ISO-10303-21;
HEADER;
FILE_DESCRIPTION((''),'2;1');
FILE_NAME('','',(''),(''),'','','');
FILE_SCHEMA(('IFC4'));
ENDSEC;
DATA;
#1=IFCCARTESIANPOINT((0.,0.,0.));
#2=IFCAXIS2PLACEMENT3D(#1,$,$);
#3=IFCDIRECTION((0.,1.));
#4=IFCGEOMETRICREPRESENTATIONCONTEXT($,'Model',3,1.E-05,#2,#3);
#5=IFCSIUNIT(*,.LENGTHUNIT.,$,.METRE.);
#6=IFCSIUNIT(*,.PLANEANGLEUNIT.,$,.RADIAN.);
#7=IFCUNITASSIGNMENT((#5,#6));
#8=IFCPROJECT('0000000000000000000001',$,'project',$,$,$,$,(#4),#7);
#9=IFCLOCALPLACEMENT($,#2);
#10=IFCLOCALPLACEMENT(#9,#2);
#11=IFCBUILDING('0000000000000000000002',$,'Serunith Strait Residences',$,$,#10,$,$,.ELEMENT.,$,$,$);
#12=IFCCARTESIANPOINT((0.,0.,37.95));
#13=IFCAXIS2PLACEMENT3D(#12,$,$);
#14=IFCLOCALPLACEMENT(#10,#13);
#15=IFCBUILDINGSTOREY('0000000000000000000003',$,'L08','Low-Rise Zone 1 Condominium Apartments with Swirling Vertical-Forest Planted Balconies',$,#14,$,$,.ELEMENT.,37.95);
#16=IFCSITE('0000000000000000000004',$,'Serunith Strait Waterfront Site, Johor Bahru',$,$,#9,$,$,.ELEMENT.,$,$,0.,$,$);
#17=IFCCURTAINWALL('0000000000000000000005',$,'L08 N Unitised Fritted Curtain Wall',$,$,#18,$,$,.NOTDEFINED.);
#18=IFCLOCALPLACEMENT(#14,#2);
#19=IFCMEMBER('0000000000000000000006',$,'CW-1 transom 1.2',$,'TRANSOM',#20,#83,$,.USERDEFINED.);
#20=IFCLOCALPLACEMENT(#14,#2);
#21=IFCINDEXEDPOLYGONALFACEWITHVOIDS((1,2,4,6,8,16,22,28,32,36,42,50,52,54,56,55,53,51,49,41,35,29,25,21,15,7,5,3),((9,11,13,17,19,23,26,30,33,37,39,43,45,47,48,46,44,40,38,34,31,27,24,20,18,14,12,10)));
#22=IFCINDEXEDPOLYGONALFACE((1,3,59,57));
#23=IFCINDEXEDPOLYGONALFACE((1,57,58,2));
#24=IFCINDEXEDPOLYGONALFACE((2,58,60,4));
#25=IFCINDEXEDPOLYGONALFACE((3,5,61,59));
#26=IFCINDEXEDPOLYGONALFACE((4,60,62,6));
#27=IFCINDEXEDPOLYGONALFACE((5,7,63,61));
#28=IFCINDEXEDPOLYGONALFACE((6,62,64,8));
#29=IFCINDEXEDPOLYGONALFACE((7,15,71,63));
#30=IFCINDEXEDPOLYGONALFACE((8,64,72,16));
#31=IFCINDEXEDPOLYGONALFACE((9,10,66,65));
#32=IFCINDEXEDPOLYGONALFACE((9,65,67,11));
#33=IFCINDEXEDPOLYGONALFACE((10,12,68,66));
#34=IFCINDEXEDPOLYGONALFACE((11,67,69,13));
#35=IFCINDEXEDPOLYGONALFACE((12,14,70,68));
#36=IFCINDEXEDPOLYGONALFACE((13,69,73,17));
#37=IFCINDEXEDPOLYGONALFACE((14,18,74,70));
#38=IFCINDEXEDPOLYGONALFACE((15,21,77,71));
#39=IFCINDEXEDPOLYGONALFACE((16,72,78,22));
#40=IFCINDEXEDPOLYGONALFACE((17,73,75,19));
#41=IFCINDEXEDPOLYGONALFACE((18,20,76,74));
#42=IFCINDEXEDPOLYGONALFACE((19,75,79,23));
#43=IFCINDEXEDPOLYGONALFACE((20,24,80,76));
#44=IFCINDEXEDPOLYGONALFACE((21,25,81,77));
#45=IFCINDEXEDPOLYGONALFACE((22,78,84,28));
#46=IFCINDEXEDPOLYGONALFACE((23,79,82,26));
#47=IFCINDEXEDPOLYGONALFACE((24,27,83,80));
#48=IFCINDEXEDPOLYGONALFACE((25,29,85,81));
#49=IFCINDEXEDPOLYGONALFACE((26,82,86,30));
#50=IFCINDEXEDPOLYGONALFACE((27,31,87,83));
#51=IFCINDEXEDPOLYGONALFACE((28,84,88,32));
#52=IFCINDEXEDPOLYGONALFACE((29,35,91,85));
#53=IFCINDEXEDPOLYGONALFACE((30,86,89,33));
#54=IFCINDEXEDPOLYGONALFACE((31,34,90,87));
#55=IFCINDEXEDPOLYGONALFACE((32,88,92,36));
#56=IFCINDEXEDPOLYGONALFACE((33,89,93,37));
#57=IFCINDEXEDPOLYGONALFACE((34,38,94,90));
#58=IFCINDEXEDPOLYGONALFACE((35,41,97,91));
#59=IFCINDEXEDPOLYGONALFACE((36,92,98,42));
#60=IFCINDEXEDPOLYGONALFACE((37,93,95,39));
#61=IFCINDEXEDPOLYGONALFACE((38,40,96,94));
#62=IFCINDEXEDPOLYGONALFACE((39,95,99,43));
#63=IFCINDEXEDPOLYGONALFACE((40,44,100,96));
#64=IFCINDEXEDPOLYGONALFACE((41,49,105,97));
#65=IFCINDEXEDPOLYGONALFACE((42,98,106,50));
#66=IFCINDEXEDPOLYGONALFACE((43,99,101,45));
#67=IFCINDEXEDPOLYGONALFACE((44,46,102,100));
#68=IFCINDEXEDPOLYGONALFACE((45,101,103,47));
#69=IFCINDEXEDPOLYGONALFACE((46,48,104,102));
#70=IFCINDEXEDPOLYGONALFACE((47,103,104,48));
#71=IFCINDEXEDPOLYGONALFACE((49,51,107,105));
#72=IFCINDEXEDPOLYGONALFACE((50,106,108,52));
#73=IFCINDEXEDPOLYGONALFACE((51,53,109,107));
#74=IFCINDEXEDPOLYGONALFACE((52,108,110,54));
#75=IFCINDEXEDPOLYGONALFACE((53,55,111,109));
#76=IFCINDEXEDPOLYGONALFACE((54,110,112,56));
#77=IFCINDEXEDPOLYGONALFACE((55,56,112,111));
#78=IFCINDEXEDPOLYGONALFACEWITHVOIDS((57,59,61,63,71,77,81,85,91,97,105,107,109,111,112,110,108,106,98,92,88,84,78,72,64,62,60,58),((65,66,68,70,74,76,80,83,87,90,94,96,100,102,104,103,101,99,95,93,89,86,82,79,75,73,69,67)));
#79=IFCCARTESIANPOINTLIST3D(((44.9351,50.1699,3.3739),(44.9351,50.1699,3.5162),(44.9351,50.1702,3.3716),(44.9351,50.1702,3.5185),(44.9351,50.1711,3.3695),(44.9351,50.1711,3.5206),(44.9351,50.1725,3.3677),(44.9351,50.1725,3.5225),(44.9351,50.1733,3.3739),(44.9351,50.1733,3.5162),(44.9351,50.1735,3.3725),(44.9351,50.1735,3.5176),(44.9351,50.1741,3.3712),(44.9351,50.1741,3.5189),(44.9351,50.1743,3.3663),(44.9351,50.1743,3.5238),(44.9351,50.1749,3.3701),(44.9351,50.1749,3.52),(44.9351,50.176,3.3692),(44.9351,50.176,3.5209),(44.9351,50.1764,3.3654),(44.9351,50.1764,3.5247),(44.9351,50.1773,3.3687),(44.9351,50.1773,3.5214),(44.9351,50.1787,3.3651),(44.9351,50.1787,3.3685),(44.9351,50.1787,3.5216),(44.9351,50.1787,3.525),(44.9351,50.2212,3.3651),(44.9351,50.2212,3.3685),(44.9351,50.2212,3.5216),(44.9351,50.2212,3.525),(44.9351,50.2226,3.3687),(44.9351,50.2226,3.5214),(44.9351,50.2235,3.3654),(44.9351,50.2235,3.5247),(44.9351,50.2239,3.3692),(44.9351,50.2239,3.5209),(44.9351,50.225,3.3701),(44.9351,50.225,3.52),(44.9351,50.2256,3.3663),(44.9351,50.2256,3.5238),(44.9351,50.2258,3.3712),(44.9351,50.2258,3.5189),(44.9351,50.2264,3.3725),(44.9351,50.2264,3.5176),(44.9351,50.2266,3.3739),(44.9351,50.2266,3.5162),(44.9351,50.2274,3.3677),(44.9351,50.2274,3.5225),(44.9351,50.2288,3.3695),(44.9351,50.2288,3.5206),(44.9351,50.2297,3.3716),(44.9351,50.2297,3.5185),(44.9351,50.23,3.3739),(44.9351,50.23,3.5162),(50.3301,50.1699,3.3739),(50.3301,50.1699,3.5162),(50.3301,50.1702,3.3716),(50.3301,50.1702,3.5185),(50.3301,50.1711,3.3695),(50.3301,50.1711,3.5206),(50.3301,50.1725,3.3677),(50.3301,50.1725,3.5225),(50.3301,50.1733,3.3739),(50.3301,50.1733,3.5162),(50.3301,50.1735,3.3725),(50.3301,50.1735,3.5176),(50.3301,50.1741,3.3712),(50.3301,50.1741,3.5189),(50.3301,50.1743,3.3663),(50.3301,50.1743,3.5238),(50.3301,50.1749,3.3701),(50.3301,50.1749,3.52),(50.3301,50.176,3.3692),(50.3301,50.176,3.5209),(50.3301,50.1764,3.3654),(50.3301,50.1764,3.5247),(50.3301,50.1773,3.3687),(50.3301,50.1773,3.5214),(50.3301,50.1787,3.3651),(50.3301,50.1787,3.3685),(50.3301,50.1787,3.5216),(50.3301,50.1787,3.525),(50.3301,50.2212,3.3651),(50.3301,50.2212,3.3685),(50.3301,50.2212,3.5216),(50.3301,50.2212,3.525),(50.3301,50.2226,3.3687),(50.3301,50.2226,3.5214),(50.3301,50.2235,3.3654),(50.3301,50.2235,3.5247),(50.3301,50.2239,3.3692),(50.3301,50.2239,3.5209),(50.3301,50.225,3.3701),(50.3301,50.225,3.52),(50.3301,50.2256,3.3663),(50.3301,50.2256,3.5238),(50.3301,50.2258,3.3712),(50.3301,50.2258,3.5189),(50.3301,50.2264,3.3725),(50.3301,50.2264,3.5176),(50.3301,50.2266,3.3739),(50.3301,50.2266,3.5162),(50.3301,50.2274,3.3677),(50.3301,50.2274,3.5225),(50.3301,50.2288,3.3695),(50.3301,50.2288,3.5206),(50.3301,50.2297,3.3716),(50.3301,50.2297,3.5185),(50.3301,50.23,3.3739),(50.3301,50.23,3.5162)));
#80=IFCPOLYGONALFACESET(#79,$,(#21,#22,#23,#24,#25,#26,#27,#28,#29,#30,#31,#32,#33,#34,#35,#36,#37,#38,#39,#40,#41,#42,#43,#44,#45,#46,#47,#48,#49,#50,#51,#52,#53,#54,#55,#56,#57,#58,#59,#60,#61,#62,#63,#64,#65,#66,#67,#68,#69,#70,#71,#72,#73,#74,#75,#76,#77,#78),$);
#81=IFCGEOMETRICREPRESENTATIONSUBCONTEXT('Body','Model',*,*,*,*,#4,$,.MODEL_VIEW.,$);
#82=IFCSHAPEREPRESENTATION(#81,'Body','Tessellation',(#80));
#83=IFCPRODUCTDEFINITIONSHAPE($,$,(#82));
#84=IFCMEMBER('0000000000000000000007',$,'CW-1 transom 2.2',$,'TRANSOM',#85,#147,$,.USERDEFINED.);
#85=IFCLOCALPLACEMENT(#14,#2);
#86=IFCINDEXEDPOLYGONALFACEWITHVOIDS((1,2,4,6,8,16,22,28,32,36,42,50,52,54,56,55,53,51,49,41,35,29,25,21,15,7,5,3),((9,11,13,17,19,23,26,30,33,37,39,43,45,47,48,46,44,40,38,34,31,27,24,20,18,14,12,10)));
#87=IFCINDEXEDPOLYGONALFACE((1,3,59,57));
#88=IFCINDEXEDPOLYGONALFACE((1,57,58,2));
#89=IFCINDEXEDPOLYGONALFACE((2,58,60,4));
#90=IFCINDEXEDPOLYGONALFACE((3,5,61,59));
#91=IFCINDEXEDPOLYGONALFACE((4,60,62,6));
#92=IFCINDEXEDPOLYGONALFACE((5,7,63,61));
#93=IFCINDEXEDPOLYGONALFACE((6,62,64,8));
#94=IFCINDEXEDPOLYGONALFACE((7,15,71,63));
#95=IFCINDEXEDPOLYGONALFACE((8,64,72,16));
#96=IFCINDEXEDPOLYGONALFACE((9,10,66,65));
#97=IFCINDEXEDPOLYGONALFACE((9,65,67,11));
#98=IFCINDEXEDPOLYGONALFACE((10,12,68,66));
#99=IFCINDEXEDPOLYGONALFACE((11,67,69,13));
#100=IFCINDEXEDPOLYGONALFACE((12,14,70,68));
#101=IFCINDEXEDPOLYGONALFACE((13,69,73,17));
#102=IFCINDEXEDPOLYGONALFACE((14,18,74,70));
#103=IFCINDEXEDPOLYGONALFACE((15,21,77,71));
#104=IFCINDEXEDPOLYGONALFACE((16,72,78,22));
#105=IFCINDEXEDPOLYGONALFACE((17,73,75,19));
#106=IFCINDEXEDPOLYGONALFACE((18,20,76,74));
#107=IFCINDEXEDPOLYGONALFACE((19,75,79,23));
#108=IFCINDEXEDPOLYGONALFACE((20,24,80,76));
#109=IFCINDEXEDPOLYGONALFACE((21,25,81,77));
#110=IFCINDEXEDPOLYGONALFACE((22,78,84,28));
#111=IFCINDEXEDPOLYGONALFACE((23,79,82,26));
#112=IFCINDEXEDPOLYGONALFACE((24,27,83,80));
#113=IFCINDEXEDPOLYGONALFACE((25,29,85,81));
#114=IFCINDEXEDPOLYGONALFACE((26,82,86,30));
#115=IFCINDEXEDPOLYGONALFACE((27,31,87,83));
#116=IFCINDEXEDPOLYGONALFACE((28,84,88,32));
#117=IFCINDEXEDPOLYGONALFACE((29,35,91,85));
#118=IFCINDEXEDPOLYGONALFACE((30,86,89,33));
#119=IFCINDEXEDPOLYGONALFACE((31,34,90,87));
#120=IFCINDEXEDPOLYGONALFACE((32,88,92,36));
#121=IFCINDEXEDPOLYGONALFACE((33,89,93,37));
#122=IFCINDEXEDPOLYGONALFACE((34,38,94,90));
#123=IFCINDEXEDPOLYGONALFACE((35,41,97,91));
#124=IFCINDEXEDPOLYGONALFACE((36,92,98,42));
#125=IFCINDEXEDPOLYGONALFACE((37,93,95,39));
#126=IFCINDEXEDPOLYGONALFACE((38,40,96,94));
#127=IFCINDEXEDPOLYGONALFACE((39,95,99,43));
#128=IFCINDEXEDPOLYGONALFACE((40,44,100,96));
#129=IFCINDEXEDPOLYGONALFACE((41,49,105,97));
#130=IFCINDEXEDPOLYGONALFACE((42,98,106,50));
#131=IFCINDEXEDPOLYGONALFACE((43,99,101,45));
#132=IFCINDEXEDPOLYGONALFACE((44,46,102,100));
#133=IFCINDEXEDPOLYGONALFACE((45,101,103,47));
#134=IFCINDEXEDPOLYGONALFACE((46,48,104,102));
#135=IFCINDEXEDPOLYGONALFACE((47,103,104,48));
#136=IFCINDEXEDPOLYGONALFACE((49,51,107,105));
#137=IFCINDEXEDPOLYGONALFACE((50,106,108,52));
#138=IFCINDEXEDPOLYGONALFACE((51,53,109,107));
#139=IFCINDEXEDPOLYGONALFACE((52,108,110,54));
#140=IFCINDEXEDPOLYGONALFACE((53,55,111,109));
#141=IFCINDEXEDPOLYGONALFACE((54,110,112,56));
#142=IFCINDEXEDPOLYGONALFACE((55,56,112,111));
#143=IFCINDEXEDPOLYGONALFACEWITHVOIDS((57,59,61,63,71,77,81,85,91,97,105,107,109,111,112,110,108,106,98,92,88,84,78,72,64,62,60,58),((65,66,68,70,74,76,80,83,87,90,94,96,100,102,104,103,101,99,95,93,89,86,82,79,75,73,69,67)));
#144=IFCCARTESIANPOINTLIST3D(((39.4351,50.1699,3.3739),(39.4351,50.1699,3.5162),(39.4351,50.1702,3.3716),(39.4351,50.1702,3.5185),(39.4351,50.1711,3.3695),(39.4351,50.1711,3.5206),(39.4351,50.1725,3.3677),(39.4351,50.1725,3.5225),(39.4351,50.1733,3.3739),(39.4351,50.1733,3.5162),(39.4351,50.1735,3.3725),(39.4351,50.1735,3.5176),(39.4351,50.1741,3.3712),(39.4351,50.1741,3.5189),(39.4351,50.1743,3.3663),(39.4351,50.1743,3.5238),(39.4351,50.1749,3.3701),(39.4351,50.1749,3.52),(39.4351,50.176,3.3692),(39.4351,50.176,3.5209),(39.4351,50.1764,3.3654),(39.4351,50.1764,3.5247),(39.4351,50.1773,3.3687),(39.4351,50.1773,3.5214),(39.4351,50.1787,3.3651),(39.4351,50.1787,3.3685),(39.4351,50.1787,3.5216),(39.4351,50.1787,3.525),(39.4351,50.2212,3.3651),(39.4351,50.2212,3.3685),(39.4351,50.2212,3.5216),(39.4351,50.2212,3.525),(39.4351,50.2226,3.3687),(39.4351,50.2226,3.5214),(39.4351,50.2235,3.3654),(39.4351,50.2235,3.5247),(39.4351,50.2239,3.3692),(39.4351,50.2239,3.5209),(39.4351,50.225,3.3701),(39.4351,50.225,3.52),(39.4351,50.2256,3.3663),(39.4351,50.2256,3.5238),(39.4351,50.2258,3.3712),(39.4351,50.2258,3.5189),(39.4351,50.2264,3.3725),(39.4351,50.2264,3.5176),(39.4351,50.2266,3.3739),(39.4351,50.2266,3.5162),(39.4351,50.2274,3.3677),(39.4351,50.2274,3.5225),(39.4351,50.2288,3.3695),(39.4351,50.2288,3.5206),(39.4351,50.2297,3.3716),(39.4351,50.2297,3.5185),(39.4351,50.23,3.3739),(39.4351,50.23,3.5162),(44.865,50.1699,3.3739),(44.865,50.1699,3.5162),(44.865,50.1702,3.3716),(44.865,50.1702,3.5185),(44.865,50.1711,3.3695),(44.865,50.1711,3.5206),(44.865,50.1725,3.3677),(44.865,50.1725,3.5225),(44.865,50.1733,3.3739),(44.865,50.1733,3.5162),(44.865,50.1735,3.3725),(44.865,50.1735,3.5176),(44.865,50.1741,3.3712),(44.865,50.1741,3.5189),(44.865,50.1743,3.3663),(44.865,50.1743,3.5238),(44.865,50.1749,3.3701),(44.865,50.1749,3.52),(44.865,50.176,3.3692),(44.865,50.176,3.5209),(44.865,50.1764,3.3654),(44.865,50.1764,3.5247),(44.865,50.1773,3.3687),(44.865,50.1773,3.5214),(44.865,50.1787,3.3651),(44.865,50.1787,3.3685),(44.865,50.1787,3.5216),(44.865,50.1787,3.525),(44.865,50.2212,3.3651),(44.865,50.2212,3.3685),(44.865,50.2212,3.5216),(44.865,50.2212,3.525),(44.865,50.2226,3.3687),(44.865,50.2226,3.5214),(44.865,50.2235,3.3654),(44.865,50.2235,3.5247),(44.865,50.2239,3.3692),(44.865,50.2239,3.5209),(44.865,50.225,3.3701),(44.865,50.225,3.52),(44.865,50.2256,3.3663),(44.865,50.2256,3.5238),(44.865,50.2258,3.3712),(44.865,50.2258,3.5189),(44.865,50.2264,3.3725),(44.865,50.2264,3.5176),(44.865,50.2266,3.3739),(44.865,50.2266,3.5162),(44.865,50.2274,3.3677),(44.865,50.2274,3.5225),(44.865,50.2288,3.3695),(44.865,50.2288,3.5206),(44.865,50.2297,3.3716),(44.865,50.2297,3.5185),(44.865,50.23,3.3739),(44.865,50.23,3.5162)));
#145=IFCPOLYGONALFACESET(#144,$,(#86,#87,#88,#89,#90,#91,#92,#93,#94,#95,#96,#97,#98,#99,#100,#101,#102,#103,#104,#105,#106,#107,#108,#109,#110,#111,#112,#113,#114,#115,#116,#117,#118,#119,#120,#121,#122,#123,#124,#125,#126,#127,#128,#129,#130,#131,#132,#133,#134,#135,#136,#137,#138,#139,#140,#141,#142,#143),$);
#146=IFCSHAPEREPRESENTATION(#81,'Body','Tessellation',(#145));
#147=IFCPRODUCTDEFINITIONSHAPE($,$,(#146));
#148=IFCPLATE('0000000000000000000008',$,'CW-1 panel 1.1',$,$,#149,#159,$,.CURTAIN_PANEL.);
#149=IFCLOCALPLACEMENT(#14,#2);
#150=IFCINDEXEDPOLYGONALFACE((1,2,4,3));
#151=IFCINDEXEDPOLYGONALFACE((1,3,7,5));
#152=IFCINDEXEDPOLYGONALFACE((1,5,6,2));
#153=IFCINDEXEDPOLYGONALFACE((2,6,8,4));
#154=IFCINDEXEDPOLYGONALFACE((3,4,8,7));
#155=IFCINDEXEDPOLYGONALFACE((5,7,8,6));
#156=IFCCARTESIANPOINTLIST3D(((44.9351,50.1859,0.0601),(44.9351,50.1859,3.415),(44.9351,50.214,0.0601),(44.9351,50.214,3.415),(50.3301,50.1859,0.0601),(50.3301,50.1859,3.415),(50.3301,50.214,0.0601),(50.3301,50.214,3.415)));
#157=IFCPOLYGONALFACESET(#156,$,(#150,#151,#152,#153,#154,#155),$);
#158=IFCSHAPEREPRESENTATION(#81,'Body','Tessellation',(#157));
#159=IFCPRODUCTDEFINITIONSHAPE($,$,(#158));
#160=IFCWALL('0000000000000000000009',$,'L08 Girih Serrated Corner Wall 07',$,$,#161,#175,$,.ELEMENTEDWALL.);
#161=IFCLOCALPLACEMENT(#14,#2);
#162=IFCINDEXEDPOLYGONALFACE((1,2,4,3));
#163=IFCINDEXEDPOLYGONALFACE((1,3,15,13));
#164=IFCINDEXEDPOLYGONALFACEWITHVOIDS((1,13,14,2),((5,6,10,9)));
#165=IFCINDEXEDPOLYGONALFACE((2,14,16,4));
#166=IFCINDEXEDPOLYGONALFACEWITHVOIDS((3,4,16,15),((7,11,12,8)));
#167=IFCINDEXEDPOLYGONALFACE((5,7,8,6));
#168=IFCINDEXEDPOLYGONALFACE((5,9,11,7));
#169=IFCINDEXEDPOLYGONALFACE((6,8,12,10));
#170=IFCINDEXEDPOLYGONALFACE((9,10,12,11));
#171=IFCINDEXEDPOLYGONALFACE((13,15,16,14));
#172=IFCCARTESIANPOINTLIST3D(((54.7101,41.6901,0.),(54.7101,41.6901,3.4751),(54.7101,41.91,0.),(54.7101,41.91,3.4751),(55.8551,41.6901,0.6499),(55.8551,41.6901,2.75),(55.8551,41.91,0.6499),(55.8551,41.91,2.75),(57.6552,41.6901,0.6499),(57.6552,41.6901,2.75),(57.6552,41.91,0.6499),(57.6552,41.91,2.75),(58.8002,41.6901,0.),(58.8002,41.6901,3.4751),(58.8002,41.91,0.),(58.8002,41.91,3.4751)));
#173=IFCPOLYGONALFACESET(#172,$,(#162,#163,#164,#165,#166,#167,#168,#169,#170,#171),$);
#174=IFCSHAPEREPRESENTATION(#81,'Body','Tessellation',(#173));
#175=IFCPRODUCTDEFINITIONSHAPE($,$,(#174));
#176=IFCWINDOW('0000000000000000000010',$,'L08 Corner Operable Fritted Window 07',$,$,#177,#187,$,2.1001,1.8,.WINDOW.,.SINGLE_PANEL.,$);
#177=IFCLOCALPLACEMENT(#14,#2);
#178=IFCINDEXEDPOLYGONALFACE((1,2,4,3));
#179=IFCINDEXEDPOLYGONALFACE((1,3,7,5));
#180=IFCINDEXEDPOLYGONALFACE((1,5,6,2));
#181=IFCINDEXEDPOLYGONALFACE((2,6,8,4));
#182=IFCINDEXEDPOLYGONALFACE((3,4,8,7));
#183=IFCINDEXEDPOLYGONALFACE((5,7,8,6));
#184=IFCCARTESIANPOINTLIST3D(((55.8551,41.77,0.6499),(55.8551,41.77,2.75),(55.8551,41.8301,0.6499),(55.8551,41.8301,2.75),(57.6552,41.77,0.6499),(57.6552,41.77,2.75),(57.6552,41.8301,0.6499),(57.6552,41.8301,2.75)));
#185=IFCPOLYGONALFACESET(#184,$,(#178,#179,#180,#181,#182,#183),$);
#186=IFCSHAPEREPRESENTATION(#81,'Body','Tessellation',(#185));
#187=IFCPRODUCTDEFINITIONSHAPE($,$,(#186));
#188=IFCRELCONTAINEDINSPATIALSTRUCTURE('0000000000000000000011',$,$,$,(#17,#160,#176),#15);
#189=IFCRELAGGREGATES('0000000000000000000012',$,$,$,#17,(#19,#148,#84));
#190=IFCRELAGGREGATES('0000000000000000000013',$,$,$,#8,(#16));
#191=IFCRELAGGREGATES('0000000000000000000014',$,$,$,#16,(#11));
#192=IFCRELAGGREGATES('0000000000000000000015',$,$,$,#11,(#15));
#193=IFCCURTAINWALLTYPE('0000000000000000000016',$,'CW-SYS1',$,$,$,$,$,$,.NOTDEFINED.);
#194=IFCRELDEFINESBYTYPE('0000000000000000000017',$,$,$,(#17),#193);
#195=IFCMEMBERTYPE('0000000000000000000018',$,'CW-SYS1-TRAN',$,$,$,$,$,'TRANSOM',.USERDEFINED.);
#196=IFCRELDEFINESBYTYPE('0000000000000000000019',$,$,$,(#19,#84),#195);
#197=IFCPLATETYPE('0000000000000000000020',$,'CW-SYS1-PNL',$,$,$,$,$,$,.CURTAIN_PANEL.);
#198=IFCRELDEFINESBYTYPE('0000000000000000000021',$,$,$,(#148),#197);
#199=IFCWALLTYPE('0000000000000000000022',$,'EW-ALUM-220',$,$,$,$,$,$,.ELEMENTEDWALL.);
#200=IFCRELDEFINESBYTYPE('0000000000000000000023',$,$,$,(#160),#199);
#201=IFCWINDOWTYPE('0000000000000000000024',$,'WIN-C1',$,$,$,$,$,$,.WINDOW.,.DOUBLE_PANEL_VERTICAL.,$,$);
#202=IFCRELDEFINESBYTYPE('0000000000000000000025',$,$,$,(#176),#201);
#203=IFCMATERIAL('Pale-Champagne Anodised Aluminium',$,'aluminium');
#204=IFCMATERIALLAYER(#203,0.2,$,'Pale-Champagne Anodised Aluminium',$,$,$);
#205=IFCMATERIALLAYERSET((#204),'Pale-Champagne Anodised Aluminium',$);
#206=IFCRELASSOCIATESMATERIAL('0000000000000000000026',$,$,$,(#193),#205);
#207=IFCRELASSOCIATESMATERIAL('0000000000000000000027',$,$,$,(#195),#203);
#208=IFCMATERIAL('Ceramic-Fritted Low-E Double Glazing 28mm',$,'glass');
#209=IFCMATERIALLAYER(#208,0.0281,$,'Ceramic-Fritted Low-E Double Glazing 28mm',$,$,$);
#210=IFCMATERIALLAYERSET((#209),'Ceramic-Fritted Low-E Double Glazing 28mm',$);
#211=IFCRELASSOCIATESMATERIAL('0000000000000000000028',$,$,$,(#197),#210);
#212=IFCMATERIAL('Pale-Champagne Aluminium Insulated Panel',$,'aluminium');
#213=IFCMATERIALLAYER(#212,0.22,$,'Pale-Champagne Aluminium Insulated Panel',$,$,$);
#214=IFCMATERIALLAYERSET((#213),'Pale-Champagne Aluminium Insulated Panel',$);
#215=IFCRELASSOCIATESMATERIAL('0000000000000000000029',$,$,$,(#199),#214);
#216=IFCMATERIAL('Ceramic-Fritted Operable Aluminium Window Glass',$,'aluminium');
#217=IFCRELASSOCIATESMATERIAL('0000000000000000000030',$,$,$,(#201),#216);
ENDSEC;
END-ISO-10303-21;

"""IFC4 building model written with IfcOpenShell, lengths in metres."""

from ifc_helpers import new_model, si_unit, direction, frame, frame_2d, origin, origin_2d, place, context, subcontext, project, spatial, rectangle, hollow_rectangle, extrude, source, transform, mapped, material, layer, layer_set, material_profile, profile_set, type_object, element, fill, aggregate, save


model = new_model("IFC4")

# Units and contexts
model_context = context("Model", 3, precision=1e-05, world=origin(), true_north=direction((0.0, 1.0)))
body_context = subcontext(model_context, "Body", "Model", "MODEL_VIEW")
ifc_project = project(units=[si_unit("LENGTHUNIT", "METRE"), si_unit("PLANEANGLEUNIT", "RADIAN")], contexts=[model_context])

# Site, building, storey
site_placement = place(None, origin())
site = spatial("IfcSite", under=ifc_project, at=site_placement, Name="Serunith Strait Waterfront Site, Johor Bahru", CompositionType="ELEMENT", RefElevation=0.0)
building_placement = place(site_placement, origin())
building = spatial("IfcBuilding", under=site, at=building_placement, Name="Serunith Strait Residences", CompositionType="ELEMENT")
storey_placement = place(building_placement, frame((0.0, 0.0, 37.95)))
storey = spatial("IfcBuildingStorey", under=building, at=storey_placement, Name="L08", Description="Low-Rise Zone 1 Condominium Apartments with Swirling Vertical-Forest Planted Balconies", CompositionType="ELEMENT", Elevation=37.95)

# Shared definitions
ifc_material_1 = material(Name="Pale-Champagne Anodised Aluminium", Category="aluminium")
ifc_layer_1 = layer(ifc_material_1, 0.2, Name="Pale-Champagne Anodised Aluminium")
ifc_layer_set_1 = layer_set([ifc_layer_1], Name="Pale-Champagne Anodised Aluminium")
curtain_wall_type = type_object("IfcCurtainWallType", Name="CW-SYS1", PredefinedType="NOTDEFINED", material=ifc_layer_set_1)

# Curtain wall, members, plate
curtain_wall_1_placement = place(storey_placement, origin())
curtain_wall_1 = element("IfcCurtainWall", 1, at=curtain_wall_1_placement, inside=storey, type_object=curtain_wall_type, Name="L08 N Unitised Fritted Curtain Wall", PredefinedType="NOTDEFINED")
ifc_material_profile_1 = material_profile(ifc_material_1, hollow_rectangle(XDim=0.0601, YDim=0.1599, WallThickness=0.0034, InnerFilletRadius=0.0054, OuterFilletRadius=0.0088, at=origin_2d()), Name="ALU 160x60x3.5")
ifc_profile_set_1 = profile_set([ifc_material_profile_1], Name="Pale-Champagne Anodised Aluminium")
member_type_1 = type_object("IfcMemberType", Name="CW-SYS1-TRAN", ElementType="TRANSOM", PredefinedType="USERDEFINED", material=ifc_profile_set_1)
shared_shape_1 = source(origin(), body_context, "Body", "SweptSolid", [
    extrude(hollow_rectangle(XDim=0.0601, YDim=0.1599, WallThickness=0.0034, InnerFilletRadius=0.0054, OuterFilletRadius=0.0088, at=origin_2d()), origin(), (0.0, 0.0, 1.0), 5.395),
])
member_1_placement = place(storey_placement, frame((50.3301, 50.2, 3.4451), z_axis=(-1.0, 0.0, 0.0), x_axis=(0.0, -1.0, 0.0)))
member_1 = element("IfcMember", 2, at=member_1_placement, type_object=member_type_1, Name="CW-1 transom 1.2", ObjectType="TRANSOM", PredefinedType="USERDEFINED", context=body_context, shape_type="MappedRepresentation", body=[
    mapped(shared_shape_1, transform((0.0, 0.0, 0.0), scale=1.0)),
])
shared_shape_2 = source(origin(), body_context, "Body", "SweptSolid", [
    extrude(hollow_rectangle(XDim=0.0601, YDim=0.1599, WallThickness=0.0034, InnerFilletRadius=0.0054, OuterFilletRadius=0.0088, at=origin_2d()), origin(), (0.0, 0.0, 1.0), 5.4299),
])
member_2_placement = place(storey_placement, frame((44.865, 50.2, 3.4451), z_axis=(-1.0, 0.0, 0.0), x_axis=(0.0, -1.0, 0.0)))
member_2 = element("IfcMember", 3, at=member_2_placement, type_object=member_type_1, Name="CW-1 transom 2.2", ObjectType="TRANSOM", PredefinedType="USERDEFINED", context=body_context, shape_type="MappedRepresentation", body=[
    mapped(shared_shape_2, transform((0.0, 0.0, 0.0), scale=1.0)),
])
ifc_material_2 = material(Name="Ceramic-Fritted Low-E Double Glazing 28mm", Category="glass")
ifc_layer_2 = layer(ifc_material_2, 0.0281, Name="Ceramic-Fritted Low-E Double Glazing 28mm")
ifc_layer_set_2 = layer_set([ifc_layer_2], Name="Ceramic-Fritted Low-E Double Glazing 28mm")
plate_type = type_object("IfcPlateType", Name="CW-SYS1-PNL", PredefinedType="CURTAIN_PANEL", material=ifc_layer_set_2)
shared_shape_3 = source(origin(), body_context, "Body", "SweptSolid", [
    extrude(rectangle(XDim=5.395, YDim=0.0281, at=origin_2d()), origin(), (0.0, 0.0, 1.0), 3.355),
])
plate_placement = place(storey_placement, frame((47.6326, 50.2, 0.0601), z_axis=(0.0, 0.0, 1.0), x_axis=(-1.0, 0.0, 0.0)))
plate = element("IfcPlate", 4, at=plate_placement, type_object=plate_type, Name="CW-1 panel 1.1", PredefinedType="CURTAIN_PANEL", context=body_context, shape_type="MappedRepresentation", body=[
    mapped(shared_shape_3, transform((0.0, 0.0, 0.0), scale=1.0)),
])
aggregate(curtain_wall_1, [member_1, plate, member_2])

# Wall, opening, window
ifc_material_3 = material(Name="Pale-Champagne Aluminium Insulated Panel", Category="aluminium")
ifc_layer_3 = layer(ifc_material_3, 0.22, Name="Pale-Champagne Aluminium Insulated Panel")
ifc_layer_set_3 = layer_set([ifc_layer_3], Name="Pale-Champagne Aluminium Insulated Panel")
wall_type_1 = type_object("IfcWallType", Name="EW-ALUM-220", PredefinedType="ELEMENTEDWALL", material=ifc_layer_set_3)
wall_1_placement = place(storey_placement, frame((58.8, 41.8, 0.0), z_axis=(0.0, 0.0, 1.0), x_axis=(-1.0, 0.0, 0.0)))
wall_1 = element("IfcWall", 5, at=wall_1_placement, inside=storey, type_object=wall_type_1, Name="L08 Girih Serrated Corner Wall 07", PredefinedType="ELEMENTEDWALL", context=body_context, shape_type="SweptSolid", body=[
    extrude(rectangle(XDim=4.0901, YDim=0.22, at=frame_2d((2.0449, 0.0))), origin(), (0.0, 0.0, 1.0), 3.4751),
])
opening_1_placement = place(wall_1_placement, frame((1.145, 0.0, 0.6499)))
opening_1 = element("IfcOpeningElement", 6, at=opening_1_placement, cuts=wall_1, PredefinedType="OPENING", context=body_context, shape_type="SweptSolid", body=[
    extrude(rectangle(XDim=1.8, YDim=2.1001, at=frame_2d((0.8999, 1.05))), frame((0.0, 0.1201, 0.0), z_axis=(0.0, -1.0, 0.0), x_axis=(1.0, 0.0, 0.0)), (0.0, 0.0, 1.0), 0.24),
])
ifc_material_4 = material(Name="Ceramic-Fritted Operable Aluminium Window Glass", Category="aluminium")
window_type = type_object("IfcWindowType", Name="WIN-C1", PartitioningType="DOUBLE_PANEL_VERTICAL", PredefinedType="WINDOW", material=ifc_material_4)
shared_shape_4 = source(origin(), body_context, "Body", "SweptSolid", [
    extrude(rectangle(XDim=1.8, YDim=2.1001, at=frame_2d((0.8999, 1.05))), frame((0.0, 0.03, 0.0), z_axis=(0.0, -1.0, 0.0), x_axis=(1.0, 0.0, 0.0)), (0.0, 0.0, 1.0), 0.0601),
])
window_1_placement = place(opening_1_placement, origin())
window_1 = element("IfcWindow", 7, at=window_1_placement, inside=storey, type_object=window_type, Name="L08 Corner Operable Fritted Window 07", OverallHeight=2.1001, OverallWidth=1.8, PartitioningType="SINGLE_PANEL", PredefinedType="WINDOW", context=body_context, shape_type="MappedRepresentation", body=[
    mapped(shared_shape_4, transform((0.0, 0.0, 0.0), scale=1.0)),
])
fill(opening_1, window_1)

save(model, "model.ifc")
